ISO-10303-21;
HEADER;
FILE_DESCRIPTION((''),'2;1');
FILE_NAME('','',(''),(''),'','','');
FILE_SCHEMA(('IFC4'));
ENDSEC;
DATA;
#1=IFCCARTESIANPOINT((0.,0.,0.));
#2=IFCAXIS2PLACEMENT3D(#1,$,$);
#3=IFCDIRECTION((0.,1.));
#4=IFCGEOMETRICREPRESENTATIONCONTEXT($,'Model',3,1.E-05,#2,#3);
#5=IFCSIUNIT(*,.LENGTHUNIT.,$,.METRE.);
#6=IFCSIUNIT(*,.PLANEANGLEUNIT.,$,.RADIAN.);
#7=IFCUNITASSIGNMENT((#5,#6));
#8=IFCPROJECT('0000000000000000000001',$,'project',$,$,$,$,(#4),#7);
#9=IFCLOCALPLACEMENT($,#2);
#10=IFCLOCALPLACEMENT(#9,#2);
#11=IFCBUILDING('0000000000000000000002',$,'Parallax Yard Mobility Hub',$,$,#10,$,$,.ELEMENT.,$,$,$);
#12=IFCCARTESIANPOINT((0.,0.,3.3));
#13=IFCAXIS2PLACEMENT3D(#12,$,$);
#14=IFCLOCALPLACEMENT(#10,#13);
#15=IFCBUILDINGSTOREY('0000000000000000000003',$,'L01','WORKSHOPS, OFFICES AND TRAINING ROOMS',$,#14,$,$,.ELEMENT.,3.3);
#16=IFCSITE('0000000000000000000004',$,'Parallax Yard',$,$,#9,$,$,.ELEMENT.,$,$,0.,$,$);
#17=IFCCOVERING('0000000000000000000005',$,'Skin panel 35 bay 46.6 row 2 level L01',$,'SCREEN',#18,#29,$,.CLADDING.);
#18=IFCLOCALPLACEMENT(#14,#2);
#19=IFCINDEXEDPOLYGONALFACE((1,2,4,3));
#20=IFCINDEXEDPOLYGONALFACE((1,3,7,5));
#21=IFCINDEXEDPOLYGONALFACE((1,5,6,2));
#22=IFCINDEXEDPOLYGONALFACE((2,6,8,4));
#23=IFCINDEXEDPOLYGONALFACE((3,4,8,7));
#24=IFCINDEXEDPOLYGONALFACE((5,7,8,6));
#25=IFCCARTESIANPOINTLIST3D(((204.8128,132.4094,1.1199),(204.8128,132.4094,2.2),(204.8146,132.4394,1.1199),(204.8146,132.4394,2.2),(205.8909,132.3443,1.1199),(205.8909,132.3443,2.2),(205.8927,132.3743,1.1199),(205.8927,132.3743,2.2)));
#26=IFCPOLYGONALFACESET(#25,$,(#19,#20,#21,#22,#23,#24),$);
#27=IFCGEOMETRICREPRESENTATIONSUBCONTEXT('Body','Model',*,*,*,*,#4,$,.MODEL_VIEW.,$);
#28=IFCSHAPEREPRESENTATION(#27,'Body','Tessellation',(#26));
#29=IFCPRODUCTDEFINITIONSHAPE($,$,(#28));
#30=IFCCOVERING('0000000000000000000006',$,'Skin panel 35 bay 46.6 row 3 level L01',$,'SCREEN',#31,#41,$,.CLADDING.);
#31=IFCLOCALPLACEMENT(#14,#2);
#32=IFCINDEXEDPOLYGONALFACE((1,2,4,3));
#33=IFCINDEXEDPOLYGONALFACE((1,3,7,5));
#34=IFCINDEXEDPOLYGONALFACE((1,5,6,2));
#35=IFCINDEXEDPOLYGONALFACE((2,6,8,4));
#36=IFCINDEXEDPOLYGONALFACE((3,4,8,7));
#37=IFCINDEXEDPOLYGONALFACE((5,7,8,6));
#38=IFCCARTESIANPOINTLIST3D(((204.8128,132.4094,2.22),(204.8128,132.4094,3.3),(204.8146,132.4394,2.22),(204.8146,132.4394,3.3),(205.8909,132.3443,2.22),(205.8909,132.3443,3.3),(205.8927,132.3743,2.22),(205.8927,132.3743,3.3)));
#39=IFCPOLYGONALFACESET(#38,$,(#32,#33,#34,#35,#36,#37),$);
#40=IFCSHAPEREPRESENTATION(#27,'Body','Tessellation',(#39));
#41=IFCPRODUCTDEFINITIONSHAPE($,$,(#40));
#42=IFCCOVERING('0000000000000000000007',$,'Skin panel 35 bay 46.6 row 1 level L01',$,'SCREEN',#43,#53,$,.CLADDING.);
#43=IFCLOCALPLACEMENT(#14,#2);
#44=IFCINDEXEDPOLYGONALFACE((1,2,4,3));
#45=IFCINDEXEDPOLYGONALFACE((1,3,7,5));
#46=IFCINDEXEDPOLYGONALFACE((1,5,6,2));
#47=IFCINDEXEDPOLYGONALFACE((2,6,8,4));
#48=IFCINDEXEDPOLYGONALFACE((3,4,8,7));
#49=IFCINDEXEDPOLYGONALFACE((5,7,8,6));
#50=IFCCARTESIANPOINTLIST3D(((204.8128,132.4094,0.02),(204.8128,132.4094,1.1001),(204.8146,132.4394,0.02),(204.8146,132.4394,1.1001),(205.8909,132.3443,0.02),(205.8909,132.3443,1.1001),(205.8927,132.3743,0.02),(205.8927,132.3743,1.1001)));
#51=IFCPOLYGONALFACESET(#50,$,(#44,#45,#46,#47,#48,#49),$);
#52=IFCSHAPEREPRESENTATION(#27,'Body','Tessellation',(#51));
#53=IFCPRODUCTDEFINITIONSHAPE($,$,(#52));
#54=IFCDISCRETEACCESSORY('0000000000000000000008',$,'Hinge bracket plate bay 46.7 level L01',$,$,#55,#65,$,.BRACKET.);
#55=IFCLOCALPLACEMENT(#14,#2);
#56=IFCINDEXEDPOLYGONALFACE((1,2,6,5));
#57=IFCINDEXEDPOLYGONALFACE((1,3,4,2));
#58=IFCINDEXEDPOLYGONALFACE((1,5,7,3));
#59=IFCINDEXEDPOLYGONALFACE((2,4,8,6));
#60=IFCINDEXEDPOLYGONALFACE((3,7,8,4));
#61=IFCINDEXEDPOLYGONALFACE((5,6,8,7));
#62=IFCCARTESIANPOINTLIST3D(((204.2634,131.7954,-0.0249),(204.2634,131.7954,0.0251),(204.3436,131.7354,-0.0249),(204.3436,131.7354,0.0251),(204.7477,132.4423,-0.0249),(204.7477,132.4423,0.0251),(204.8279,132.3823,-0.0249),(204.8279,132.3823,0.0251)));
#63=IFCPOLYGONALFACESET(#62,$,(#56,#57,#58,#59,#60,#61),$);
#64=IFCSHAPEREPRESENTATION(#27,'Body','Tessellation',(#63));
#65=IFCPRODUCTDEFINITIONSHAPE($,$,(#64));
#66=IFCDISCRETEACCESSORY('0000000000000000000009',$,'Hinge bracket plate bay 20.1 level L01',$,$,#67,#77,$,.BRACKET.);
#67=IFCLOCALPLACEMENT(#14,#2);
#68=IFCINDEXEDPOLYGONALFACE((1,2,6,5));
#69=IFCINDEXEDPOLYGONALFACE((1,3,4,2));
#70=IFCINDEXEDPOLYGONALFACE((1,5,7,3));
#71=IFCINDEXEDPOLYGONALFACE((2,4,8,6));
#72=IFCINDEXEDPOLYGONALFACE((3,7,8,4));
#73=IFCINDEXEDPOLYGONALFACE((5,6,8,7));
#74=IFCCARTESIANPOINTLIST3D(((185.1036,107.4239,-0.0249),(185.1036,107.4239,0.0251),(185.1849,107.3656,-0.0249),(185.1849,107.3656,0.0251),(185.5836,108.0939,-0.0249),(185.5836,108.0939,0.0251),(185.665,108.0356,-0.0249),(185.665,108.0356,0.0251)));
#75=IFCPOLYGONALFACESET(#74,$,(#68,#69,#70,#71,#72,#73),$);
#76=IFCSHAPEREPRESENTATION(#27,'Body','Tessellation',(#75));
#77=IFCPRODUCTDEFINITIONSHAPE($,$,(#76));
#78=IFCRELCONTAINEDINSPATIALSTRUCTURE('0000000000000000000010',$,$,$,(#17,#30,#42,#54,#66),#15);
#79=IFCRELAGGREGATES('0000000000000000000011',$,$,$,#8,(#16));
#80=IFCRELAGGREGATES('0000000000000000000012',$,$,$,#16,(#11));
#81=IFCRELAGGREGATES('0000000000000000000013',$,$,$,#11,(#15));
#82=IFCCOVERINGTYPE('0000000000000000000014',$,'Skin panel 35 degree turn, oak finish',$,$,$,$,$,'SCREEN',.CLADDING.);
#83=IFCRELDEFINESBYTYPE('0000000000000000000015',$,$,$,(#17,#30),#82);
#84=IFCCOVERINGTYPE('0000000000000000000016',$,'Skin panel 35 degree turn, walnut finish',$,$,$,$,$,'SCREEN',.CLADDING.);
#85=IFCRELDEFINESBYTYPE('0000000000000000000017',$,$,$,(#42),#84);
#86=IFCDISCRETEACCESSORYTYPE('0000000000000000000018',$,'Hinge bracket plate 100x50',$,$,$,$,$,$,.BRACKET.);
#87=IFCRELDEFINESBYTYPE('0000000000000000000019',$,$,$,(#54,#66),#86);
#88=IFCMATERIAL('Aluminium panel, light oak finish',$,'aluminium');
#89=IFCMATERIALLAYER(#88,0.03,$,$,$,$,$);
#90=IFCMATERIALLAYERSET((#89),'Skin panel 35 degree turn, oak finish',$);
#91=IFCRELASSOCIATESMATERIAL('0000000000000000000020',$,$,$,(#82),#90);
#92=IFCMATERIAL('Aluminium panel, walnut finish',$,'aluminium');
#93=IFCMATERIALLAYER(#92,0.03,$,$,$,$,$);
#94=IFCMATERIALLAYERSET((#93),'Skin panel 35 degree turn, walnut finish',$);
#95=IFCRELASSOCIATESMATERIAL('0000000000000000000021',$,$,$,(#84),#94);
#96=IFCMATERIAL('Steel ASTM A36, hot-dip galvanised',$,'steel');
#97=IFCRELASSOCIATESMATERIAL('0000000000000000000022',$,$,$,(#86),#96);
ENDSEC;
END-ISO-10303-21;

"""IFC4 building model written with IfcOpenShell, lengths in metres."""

from ifc_helpers import new_model, si_unit, direction, frame, origin, origin_2d, place, context, subcontext, project, spatial, rectangle, extrude, material, layer, layer_set, type_object, element, save


model = new_model("IFC4")

# Units and contexts
model_context = context("Model", 3, precision=1e-05, world=origin(), true_north=direction((0.0, 1.0)))
body_context = subcontext(model_context, "Body", "Model", "MODEL_VIEW")
ifc_project = project(units=[si_unit("LENGTHUNIT", "METRE"), si_unit("PLANEANGLEUNIT", "RADIAN")], contexts=[model_context])

# Site, building, storey
site_placement = place(None, origin())
site = spatial("IfcSite", under=ifc_project, at=site_placement, Name="Parallax Yard", CompositionType="ELEMENT", RefElevation=0.0)
building_placement = place(site_placement, origin())
building = spatial("IfcBuilding", under=site, at=building_placement, Name="Parallax Yard Mobility Hub", CompositionType="ELEMENT")
storey_placement = place(building_placement, frame((0.0, 0.0, 3.3)))
storey = spatial("IfcBuildingStorey", under=building, at=storey_placement, Name="L01", Description="WORKSHOPS, OFFICES AND TRAINING ROOMS", CompositionType="ELEMENT", Elevation=3.3)

# Coverings
ifc_material_1 = material(Name="Aluminium panel, light oak finish", Category="aluminium")
ifc_layer_1 = layer(ifc_material_1, 0.03)
ifc_layer_set_1 = layer_set([ifc_layer_1], Name="Skin panel 35 degree turn, oak finish")
covering_type_1 = type_object("IfcCoveringType", Name="Skin panel 35 degree turn, oak finish", ElementType="SCREEN", PredefinedType="CLADDING", material=ifc_layer_set_1)
for number, where, z_axis, x_axis, name in (
    (1, (205.3528, 132.3918, 1.1199), (0.0, 0.0, 1.0), (0.998183, -0.060256, 0.0), "Skin panel 35 bay 46.6 row 2 level L01"),
    (2, (205.3528, 132.3918, 2.22), (0.0, 0.0, 1.0), (0.998183, -0.060256, 0.0), "Skin panel 35 bay 46.6 row 3 level L01"),
):
    element("IfcCovering", number, at=place(storey_placement, frame(where, z_axis=z_axis, x_axis=x_axis)), inside=storey, type_object=covering_type_1, Name=name, ObjectType="SCREEN", PredefinedType="CLADDING", context=body_context, shape_type="SweptSolid", body=[
        extrude(rectangle(XDim=1.0801, YDim=0.03, at=origin_2d()), origin(), (0.0, 0.0, 1.0), 1.0801),
    ])
ifc_material_2 = material(Name="Aluminium panel, walnut finish", Category="aluminium")
ifc_layer_2 = layer(ifc_material_2, 0.03)
ifc_layer_set_2 = layer_set([ifc_layer_2], Name="Skin panel 35 degree turn, walnut finish")
covering_type_2 = type_object("IfcCoveringType", Name="Skin panel 35 degree turn, walnut finish", ElementType="SCREEN", PredefinedType="CLADDING", material=ifc_layer_set_2)
covering_placement = place(storey_placement, frame((205.3528, 132.3918, 0.02), z_axis=(0.0, 0.0, 1.0), x_axis=(0.998183, -0.060256, 0.0)))
element("IfcCovering", 3, at=covering_placement, inside=storey, type_object=covering_type_2, Name="Skin panel 35 bay 46.6 row 1 level L01", ObjectType="SCREEN", PredefinedType="CLADDING", context=body_context, shape_type="SweptSolid", body=[
    extrude(rectangle(XDim=1.0801, YDim=0.03, at=origin_2d()), origin(), (0.0, 0.0, 1.0), 1.0801),
])

# Discrete accessories
ifc_material_3 = material(Name="Steel ASTM A36, hot-dip galvanised", Category="steel")
discrete_accessory_type = type_object("IfcDiscreteAccessoryType", Name="Hinge bracket plate 100x50", PredefinedType="BRACKET", material=ifc_material_3)
discrete_accessory_1_placement = place(storey_placement, frame((204.5457, 132.0889, -0.0249), z_axis=(0.0, 0.0, 1.0), x_axis=(0.599278, 0.800541, 0.0)))
element("IfcDiscreteAccessory", 4, at=discrete_accessory_1_placement, inside=storey, type_object=discrete_accessory_type, Name="Hinge bracket plate bay 46.7 level L01", PredefinedType="BRACKET", context=body_context, shape_type="SweptSolid", body=[
    extrude(rectangle(XDim=0.8081, YDim=0.1001, at=origin_2d()), origin(), (0.0, 0.0, 1.0), 0.05),
])
discrete_accessory_2_placement = place(storey_placement, frame((185.3843, 107.7297, -0.0249), z_axis=(0.0, 0.0, 1.0), x_axis=(-0.582478, -0.812847, 0.0)))
element("IfcDiscreteAccessory", 5, at=discrete_accessory_2_placement, inside=storey, type_object=discrete_accessory_type, Name="Hinge bracket plate bay 20.1 level L01", PredefinedType="BRACKET", context=body_context, shape_type="SweptSolid", body=[
    extrude(rectangle(XDim=0.8242, YDim=0.1001, at=origin_2d()), origin(), (0.0, 0.0, 1.0), 0.05),
])

save(model, "model.ifc")
